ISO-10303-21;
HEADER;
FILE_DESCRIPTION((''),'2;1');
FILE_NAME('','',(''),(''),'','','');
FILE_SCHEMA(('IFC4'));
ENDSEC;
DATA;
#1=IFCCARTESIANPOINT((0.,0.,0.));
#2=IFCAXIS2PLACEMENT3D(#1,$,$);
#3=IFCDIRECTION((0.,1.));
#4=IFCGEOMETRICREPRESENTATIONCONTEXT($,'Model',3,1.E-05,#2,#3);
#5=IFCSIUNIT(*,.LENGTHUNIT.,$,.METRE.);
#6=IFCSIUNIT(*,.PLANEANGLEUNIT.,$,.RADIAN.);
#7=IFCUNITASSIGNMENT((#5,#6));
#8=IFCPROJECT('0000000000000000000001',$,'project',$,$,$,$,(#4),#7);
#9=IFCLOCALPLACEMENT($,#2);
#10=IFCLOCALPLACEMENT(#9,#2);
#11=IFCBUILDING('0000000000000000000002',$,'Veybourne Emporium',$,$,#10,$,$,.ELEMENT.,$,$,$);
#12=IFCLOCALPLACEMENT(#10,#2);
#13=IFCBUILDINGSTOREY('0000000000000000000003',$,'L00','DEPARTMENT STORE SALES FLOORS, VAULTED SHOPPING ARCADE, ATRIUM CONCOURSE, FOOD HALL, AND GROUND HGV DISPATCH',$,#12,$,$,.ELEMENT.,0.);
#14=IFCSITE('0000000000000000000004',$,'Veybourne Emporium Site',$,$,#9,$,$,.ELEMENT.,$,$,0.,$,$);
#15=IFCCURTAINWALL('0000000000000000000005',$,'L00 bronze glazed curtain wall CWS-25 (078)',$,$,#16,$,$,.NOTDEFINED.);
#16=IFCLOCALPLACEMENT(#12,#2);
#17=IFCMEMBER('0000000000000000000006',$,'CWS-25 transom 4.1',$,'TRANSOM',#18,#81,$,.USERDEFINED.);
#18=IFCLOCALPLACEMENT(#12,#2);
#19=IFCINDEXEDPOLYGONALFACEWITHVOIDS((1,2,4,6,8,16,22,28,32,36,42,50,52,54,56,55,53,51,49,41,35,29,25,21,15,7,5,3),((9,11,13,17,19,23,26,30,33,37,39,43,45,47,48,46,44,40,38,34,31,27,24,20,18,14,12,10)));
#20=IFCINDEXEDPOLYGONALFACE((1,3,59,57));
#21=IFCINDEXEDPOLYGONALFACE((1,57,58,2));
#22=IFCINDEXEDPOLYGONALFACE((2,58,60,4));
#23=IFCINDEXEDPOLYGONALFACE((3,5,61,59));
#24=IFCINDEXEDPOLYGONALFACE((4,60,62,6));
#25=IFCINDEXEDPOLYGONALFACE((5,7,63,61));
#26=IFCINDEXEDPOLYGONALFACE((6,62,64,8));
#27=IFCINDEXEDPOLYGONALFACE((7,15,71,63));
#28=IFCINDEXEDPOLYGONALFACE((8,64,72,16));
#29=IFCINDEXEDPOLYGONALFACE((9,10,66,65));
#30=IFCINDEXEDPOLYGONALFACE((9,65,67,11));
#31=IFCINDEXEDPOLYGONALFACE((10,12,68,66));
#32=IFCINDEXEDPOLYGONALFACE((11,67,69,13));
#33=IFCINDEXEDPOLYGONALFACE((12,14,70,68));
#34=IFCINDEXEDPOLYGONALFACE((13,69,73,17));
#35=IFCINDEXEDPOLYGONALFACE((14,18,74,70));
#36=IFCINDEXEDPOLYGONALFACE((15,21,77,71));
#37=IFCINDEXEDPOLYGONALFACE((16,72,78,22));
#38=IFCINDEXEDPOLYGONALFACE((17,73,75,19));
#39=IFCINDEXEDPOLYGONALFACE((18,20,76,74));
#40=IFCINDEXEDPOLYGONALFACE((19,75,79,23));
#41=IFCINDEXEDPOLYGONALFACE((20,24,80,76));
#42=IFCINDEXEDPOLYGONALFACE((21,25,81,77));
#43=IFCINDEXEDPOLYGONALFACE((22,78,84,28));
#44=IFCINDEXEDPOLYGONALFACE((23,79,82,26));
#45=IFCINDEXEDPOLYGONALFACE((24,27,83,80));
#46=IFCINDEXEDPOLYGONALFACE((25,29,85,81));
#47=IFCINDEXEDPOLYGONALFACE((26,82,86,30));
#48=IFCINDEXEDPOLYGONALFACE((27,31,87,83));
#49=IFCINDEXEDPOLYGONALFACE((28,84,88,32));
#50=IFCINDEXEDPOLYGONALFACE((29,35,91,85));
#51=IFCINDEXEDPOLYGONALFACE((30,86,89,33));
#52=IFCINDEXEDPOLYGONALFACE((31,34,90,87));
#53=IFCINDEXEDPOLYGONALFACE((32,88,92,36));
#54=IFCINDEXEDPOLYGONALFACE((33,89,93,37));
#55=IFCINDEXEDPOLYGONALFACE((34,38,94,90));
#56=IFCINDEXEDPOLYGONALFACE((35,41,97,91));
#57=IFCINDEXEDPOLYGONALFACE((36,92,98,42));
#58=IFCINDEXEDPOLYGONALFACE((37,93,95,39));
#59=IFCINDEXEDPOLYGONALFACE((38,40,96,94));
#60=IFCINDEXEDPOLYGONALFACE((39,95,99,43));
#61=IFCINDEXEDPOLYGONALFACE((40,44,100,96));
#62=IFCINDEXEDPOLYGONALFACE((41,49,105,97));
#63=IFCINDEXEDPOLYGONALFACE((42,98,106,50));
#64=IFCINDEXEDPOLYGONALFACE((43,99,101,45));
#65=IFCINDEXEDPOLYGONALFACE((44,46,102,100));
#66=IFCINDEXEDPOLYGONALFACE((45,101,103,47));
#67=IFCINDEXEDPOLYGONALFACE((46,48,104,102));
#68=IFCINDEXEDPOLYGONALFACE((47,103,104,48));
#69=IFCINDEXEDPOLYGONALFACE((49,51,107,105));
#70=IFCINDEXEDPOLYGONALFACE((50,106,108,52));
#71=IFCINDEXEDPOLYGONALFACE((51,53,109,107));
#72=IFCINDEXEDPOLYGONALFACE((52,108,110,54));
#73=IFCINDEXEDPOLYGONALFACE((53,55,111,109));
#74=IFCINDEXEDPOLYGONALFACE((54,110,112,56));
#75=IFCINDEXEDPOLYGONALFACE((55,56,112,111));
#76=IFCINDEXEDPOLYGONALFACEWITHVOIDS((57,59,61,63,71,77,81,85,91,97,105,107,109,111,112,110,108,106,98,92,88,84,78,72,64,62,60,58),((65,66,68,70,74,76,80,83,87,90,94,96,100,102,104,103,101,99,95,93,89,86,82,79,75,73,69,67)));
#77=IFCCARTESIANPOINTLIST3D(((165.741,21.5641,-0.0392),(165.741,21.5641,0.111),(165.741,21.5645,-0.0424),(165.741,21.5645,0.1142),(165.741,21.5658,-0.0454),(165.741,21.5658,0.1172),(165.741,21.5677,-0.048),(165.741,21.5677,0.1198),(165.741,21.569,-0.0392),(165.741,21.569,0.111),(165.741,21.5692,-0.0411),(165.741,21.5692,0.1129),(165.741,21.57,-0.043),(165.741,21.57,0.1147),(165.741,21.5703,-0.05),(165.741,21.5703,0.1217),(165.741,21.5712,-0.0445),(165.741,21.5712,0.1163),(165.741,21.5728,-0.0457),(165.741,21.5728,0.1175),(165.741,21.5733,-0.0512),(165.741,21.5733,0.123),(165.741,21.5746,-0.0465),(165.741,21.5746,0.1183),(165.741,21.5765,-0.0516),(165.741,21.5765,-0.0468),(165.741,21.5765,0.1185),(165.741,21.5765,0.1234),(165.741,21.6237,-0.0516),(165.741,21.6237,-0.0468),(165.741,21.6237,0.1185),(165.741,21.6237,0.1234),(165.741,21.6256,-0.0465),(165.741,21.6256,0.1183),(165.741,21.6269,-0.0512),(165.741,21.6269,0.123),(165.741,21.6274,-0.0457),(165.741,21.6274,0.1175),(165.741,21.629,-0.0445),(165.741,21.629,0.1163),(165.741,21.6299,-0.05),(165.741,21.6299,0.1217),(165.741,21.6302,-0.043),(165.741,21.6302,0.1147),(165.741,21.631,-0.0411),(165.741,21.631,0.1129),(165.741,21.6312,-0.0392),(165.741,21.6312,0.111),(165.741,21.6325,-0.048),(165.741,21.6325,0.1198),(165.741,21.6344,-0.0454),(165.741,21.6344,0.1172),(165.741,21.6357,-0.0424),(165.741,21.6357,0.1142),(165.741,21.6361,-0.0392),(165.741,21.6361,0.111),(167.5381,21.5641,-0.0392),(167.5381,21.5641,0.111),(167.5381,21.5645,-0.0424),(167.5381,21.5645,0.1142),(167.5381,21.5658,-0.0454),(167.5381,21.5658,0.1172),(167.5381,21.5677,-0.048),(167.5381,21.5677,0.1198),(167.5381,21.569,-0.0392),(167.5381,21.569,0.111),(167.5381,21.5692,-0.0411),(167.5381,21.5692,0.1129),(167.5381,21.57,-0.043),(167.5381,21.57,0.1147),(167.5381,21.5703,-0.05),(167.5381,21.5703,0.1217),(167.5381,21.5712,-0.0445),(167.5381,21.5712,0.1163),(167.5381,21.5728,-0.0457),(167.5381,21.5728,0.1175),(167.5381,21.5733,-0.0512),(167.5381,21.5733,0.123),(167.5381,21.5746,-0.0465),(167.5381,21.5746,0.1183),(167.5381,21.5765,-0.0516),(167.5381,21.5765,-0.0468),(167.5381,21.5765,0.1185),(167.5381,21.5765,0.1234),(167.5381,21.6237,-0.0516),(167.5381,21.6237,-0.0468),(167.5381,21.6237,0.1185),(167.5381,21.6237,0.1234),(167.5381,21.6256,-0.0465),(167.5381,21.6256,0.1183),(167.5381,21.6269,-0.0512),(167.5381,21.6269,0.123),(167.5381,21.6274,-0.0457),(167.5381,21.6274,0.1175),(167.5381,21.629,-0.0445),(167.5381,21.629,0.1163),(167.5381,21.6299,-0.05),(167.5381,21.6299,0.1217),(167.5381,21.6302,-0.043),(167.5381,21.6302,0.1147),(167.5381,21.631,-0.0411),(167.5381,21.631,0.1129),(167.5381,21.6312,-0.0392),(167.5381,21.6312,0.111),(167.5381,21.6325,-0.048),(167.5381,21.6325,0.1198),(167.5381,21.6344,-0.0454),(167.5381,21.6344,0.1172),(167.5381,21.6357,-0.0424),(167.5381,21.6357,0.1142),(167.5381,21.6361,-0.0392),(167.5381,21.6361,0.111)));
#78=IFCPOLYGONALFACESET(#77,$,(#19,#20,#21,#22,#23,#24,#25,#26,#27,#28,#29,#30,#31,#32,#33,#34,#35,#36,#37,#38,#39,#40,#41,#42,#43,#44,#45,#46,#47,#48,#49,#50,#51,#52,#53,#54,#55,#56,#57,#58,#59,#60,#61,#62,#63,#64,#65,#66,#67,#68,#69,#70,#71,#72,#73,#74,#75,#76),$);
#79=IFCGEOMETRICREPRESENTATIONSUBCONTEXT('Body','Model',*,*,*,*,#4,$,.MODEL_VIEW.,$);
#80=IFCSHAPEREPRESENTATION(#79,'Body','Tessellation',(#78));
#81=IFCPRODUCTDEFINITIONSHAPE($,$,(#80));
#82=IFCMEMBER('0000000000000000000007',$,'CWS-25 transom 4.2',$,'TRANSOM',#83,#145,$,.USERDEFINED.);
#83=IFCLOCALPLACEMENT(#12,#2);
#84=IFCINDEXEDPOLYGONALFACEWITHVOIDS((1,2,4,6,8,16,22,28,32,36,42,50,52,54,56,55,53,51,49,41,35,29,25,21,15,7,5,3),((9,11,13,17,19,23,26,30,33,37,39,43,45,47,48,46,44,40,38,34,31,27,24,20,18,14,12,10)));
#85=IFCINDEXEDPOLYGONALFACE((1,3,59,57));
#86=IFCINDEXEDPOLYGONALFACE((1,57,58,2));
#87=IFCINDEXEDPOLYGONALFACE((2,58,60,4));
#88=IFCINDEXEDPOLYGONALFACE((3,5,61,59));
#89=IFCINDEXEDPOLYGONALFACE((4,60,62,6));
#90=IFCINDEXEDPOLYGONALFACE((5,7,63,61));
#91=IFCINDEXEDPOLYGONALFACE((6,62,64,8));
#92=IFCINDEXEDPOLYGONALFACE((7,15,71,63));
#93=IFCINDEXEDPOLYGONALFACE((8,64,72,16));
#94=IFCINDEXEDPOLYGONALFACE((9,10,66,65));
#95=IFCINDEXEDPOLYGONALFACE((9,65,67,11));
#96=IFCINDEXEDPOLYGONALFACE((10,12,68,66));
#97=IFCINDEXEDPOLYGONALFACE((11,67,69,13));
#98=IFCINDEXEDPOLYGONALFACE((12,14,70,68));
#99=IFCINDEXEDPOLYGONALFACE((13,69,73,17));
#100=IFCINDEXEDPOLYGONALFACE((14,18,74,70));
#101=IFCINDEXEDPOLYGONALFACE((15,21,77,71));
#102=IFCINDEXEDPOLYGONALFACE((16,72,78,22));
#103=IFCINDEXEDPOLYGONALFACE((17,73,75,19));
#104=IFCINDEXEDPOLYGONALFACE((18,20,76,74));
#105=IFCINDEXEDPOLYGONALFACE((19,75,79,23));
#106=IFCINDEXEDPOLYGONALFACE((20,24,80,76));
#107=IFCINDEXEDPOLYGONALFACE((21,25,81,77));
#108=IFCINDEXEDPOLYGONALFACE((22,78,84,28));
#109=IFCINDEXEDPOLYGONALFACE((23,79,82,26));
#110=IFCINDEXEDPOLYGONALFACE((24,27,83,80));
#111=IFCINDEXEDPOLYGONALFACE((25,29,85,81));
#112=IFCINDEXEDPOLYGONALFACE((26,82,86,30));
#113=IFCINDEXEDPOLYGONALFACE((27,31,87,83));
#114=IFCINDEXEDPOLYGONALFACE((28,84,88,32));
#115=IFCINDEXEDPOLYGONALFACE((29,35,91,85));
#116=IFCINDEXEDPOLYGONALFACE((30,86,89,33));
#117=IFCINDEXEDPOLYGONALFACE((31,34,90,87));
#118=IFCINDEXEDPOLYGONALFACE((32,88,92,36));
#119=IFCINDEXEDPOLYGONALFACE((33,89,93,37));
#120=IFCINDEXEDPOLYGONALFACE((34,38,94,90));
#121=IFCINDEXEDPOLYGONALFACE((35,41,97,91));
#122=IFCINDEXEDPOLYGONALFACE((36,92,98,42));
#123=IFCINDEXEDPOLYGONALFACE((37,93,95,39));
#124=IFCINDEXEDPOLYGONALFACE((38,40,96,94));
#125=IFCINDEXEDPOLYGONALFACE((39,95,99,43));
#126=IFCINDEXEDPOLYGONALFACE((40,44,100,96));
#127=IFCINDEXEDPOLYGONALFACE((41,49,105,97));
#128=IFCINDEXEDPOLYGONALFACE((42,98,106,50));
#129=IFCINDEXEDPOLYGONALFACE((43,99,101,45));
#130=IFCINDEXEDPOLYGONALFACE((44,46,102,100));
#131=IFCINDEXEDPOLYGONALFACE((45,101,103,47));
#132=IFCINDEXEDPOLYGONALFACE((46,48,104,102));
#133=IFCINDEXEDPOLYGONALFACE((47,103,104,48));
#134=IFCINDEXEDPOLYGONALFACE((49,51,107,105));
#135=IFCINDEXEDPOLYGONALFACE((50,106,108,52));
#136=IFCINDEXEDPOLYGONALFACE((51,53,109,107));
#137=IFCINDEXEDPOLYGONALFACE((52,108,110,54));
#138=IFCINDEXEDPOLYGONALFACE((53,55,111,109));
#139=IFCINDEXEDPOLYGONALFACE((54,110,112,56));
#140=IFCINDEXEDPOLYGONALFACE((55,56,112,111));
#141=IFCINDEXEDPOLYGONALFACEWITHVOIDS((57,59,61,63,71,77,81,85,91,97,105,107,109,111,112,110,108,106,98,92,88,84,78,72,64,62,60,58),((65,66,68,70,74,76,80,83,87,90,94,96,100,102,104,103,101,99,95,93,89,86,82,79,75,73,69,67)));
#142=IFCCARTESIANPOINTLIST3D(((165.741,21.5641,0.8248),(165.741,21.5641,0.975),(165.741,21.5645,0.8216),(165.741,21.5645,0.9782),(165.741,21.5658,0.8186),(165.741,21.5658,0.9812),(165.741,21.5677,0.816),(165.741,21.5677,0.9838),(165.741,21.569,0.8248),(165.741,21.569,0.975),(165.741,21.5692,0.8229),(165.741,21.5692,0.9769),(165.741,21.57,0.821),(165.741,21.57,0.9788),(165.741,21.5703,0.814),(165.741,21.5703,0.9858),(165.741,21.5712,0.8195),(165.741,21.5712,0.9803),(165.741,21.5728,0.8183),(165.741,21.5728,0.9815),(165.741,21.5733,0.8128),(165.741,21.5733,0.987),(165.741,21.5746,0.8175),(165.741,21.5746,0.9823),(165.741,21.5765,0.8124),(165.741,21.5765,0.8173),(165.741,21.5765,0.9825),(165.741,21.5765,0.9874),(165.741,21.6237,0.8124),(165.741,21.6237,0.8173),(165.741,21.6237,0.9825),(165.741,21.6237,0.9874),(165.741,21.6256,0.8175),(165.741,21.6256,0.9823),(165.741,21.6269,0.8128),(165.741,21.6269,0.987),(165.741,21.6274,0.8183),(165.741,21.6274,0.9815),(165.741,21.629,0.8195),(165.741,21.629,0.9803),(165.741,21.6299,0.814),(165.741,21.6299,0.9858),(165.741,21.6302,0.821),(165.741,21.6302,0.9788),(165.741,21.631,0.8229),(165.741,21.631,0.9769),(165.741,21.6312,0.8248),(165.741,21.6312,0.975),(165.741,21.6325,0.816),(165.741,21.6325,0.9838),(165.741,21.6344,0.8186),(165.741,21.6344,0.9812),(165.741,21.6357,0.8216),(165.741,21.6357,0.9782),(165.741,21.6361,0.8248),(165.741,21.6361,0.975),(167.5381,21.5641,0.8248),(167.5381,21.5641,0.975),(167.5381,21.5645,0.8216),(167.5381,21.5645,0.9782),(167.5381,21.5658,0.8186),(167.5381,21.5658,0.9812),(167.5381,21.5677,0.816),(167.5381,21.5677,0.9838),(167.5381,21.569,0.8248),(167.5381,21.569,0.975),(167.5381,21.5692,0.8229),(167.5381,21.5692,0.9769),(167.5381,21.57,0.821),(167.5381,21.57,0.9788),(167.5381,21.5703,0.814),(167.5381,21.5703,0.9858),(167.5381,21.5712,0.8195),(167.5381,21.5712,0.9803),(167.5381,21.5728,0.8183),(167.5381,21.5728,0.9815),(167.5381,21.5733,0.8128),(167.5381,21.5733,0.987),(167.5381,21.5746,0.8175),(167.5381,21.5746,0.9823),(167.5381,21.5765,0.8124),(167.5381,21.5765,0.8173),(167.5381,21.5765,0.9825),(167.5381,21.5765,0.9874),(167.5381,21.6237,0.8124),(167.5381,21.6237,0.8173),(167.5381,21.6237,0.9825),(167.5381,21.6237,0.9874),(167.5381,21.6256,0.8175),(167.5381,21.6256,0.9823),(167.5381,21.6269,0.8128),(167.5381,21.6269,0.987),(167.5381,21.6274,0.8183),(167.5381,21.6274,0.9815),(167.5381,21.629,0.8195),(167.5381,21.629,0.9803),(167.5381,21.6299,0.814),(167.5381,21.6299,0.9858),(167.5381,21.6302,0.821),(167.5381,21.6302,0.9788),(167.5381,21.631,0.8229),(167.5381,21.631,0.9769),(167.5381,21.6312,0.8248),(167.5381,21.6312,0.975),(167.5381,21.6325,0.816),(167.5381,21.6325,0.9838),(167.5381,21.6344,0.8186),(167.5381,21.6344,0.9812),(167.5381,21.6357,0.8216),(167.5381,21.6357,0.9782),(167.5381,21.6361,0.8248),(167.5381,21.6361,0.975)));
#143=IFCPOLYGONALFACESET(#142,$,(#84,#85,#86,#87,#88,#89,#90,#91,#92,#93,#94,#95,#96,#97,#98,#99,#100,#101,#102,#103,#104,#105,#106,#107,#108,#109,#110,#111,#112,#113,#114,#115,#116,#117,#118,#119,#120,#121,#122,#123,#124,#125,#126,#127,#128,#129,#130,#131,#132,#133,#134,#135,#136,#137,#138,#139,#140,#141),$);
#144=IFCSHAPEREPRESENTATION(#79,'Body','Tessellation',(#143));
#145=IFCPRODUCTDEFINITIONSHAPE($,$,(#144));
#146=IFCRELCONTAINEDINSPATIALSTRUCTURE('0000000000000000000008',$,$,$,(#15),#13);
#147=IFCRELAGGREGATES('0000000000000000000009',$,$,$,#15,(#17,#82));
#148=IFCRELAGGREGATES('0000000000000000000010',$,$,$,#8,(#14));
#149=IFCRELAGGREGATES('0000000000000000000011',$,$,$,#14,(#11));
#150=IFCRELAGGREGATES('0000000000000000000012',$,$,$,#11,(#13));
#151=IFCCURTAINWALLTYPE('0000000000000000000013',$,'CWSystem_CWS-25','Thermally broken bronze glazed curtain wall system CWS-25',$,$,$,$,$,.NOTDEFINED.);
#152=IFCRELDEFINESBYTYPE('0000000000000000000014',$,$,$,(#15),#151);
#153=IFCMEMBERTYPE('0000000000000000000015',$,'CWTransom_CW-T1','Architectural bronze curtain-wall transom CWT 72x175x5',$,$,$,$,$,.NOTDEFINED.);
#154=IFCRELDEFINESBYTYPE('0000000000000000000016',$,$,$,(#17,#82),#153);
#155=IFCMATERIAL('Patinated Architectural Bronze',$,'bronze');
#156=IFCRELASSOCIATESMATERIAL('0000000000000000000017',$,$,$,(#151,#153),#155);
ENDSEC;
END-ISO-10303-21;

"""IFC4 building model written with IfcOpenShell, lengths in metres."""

from ifc_helpers import new_model, si_unit, direction, frame, origin, origin_2d, place, context, subcontext, project, spatial, hollow_rectangle, extrude, material, material_profile, profile_set, type_object, element, aggregate, save


model = new_model("IFC4")

# Units and contexts
model_context = context("Model", 3, precision=1e-05, world=origin(), true_north=direction((0.0, 1.0)))
body_context = subcontext(model_context, "Body", "Model", "MODEL_VIEW")
ifc_project = project(units=[si_unit("LENGTHUNIT", "METRE"), si_unit("PLANEANGLEUNIT", "RADIAN")], contexts=[model_context])

# Site, building, storey
site_placement = place(None, origin())
site = spatial("IfcSite", under=ifc_project, at=site_placement, Name="Veybourne Emporium Site", CompositionType="ELEMENT", RefElevation=0.0)
building_placement = place(site_placement, origin())
building = spatial("IfcBuilding", under=site, at=building_placement, Name="Veybourne Emporium", CompositionType="ELEMENT")
storey_placement = place(building_placement, origin())
storey = spatial("IfcBuildingStorey", under=building, at=storey_placement, Name="L00", Description="DEPARTMENT STORE SALES FLOORS, VAULTED SHOPPING ARCADE, ATRIUM CONCOURSE, FOOD HALL, AND GROUND HGV DISPATCH", CompositionType="ELEMENT", Elevation=0.0)

# Curtain wall
ifc_material_1 = material(Name="Patinated Architectural Bronze", Category="bronze")
curtain_wall_type_1 = type_object("IfcCurtainWallType", Name="CWSystem_CWS-25", Description="Thermally broken bronze glazed curtain wall system CWS-25", PredefinedType="NOTDEFINED", material=ifc_material_1)
curtain_wall_1_placement = place(storey_placement, origin())
curtain_wall_1 = element("IfcCurtainWall", 1, at=curtain_wall_1_placement, inside=storey, type_object=curtain_wall_type_1, Name="L00 bronze glazed curtain wall CWS-25 (078)", PredefinedType="NOTDEFINED")

# Members
ifc_material_profile_1 = material_profile(ifc_material_1, hollow_rectangle(XDim=0.072, YDim=0.175, WallThickness=0.0049, InnerFilletRadius=0.0076, OuterFilletRadius=0.0125, at=origin_2d()), Name="CWT 72x175x5")
ifc_profile_set_1 = profile_set([ifc_material_profile_1], Name="Patinated Architectural Bronze")
member_type_1 = type_object("IfcMemberType", Name="CWTransom_CW-T1", Description="Architectural bronze curtain-wall transom CWT 72x175x5", PredefinedType="NOTDEFINED", material=ifc_profile_set_1)
member_1_placement = place(storey_placement, frame((165.741, 21.6001, 0.0359), z_axis=(1.0, 0.0, 0.0), x_axis=(0.0, 1.0, 0.0)))
member_1 = element("IfcMember", 2, at=member_1_placement, type_object=member_type_1, Name="CWS-25 transom 4.1", ObjectType="TRANSOM", PredefinedType="USERDEFINED", context=body_context, shape_type="SweptSolid", body=[
    extrude(hollow_rectangle(XDim=0.072, YDim=0.175, WallThickness=0.0049, InnerFilletRadius=0.0076, OuterFilletRadius=0.0125, at=origin_2d()), origin(), (0.0, 0.0, 1.0), 1.7971),
])
member_2_placement = place(storey_placement, frame((165.741, 21.6001, 0.8999), z_axis=(1.0, 0.0, 0.0), x_axis=(0.0, 1.0, 0.0)))
member_2 = element("IfcMember", 3, at=member_2_placement, type_object=member_type_1, Name="CWS-25 transom 4.2", ObjectType="TRANSOM", PredefinedType="USERDEFINED", context=body_context, shape_type="SweptSolid", body=[
    extrude(hollow_rectangle(XDim=0.072, YDim=0.175, WallThickness=0.0049, InnerFilletRadius=0.0076, OuterFilletRadius=0.0125, at=origin_2d()), origin(), (0.0, 0.0, 1.0), 1.7971),
])

aggregate(curtain_wall_1, [member_1, member_2])

save(model, "model.ifc")
